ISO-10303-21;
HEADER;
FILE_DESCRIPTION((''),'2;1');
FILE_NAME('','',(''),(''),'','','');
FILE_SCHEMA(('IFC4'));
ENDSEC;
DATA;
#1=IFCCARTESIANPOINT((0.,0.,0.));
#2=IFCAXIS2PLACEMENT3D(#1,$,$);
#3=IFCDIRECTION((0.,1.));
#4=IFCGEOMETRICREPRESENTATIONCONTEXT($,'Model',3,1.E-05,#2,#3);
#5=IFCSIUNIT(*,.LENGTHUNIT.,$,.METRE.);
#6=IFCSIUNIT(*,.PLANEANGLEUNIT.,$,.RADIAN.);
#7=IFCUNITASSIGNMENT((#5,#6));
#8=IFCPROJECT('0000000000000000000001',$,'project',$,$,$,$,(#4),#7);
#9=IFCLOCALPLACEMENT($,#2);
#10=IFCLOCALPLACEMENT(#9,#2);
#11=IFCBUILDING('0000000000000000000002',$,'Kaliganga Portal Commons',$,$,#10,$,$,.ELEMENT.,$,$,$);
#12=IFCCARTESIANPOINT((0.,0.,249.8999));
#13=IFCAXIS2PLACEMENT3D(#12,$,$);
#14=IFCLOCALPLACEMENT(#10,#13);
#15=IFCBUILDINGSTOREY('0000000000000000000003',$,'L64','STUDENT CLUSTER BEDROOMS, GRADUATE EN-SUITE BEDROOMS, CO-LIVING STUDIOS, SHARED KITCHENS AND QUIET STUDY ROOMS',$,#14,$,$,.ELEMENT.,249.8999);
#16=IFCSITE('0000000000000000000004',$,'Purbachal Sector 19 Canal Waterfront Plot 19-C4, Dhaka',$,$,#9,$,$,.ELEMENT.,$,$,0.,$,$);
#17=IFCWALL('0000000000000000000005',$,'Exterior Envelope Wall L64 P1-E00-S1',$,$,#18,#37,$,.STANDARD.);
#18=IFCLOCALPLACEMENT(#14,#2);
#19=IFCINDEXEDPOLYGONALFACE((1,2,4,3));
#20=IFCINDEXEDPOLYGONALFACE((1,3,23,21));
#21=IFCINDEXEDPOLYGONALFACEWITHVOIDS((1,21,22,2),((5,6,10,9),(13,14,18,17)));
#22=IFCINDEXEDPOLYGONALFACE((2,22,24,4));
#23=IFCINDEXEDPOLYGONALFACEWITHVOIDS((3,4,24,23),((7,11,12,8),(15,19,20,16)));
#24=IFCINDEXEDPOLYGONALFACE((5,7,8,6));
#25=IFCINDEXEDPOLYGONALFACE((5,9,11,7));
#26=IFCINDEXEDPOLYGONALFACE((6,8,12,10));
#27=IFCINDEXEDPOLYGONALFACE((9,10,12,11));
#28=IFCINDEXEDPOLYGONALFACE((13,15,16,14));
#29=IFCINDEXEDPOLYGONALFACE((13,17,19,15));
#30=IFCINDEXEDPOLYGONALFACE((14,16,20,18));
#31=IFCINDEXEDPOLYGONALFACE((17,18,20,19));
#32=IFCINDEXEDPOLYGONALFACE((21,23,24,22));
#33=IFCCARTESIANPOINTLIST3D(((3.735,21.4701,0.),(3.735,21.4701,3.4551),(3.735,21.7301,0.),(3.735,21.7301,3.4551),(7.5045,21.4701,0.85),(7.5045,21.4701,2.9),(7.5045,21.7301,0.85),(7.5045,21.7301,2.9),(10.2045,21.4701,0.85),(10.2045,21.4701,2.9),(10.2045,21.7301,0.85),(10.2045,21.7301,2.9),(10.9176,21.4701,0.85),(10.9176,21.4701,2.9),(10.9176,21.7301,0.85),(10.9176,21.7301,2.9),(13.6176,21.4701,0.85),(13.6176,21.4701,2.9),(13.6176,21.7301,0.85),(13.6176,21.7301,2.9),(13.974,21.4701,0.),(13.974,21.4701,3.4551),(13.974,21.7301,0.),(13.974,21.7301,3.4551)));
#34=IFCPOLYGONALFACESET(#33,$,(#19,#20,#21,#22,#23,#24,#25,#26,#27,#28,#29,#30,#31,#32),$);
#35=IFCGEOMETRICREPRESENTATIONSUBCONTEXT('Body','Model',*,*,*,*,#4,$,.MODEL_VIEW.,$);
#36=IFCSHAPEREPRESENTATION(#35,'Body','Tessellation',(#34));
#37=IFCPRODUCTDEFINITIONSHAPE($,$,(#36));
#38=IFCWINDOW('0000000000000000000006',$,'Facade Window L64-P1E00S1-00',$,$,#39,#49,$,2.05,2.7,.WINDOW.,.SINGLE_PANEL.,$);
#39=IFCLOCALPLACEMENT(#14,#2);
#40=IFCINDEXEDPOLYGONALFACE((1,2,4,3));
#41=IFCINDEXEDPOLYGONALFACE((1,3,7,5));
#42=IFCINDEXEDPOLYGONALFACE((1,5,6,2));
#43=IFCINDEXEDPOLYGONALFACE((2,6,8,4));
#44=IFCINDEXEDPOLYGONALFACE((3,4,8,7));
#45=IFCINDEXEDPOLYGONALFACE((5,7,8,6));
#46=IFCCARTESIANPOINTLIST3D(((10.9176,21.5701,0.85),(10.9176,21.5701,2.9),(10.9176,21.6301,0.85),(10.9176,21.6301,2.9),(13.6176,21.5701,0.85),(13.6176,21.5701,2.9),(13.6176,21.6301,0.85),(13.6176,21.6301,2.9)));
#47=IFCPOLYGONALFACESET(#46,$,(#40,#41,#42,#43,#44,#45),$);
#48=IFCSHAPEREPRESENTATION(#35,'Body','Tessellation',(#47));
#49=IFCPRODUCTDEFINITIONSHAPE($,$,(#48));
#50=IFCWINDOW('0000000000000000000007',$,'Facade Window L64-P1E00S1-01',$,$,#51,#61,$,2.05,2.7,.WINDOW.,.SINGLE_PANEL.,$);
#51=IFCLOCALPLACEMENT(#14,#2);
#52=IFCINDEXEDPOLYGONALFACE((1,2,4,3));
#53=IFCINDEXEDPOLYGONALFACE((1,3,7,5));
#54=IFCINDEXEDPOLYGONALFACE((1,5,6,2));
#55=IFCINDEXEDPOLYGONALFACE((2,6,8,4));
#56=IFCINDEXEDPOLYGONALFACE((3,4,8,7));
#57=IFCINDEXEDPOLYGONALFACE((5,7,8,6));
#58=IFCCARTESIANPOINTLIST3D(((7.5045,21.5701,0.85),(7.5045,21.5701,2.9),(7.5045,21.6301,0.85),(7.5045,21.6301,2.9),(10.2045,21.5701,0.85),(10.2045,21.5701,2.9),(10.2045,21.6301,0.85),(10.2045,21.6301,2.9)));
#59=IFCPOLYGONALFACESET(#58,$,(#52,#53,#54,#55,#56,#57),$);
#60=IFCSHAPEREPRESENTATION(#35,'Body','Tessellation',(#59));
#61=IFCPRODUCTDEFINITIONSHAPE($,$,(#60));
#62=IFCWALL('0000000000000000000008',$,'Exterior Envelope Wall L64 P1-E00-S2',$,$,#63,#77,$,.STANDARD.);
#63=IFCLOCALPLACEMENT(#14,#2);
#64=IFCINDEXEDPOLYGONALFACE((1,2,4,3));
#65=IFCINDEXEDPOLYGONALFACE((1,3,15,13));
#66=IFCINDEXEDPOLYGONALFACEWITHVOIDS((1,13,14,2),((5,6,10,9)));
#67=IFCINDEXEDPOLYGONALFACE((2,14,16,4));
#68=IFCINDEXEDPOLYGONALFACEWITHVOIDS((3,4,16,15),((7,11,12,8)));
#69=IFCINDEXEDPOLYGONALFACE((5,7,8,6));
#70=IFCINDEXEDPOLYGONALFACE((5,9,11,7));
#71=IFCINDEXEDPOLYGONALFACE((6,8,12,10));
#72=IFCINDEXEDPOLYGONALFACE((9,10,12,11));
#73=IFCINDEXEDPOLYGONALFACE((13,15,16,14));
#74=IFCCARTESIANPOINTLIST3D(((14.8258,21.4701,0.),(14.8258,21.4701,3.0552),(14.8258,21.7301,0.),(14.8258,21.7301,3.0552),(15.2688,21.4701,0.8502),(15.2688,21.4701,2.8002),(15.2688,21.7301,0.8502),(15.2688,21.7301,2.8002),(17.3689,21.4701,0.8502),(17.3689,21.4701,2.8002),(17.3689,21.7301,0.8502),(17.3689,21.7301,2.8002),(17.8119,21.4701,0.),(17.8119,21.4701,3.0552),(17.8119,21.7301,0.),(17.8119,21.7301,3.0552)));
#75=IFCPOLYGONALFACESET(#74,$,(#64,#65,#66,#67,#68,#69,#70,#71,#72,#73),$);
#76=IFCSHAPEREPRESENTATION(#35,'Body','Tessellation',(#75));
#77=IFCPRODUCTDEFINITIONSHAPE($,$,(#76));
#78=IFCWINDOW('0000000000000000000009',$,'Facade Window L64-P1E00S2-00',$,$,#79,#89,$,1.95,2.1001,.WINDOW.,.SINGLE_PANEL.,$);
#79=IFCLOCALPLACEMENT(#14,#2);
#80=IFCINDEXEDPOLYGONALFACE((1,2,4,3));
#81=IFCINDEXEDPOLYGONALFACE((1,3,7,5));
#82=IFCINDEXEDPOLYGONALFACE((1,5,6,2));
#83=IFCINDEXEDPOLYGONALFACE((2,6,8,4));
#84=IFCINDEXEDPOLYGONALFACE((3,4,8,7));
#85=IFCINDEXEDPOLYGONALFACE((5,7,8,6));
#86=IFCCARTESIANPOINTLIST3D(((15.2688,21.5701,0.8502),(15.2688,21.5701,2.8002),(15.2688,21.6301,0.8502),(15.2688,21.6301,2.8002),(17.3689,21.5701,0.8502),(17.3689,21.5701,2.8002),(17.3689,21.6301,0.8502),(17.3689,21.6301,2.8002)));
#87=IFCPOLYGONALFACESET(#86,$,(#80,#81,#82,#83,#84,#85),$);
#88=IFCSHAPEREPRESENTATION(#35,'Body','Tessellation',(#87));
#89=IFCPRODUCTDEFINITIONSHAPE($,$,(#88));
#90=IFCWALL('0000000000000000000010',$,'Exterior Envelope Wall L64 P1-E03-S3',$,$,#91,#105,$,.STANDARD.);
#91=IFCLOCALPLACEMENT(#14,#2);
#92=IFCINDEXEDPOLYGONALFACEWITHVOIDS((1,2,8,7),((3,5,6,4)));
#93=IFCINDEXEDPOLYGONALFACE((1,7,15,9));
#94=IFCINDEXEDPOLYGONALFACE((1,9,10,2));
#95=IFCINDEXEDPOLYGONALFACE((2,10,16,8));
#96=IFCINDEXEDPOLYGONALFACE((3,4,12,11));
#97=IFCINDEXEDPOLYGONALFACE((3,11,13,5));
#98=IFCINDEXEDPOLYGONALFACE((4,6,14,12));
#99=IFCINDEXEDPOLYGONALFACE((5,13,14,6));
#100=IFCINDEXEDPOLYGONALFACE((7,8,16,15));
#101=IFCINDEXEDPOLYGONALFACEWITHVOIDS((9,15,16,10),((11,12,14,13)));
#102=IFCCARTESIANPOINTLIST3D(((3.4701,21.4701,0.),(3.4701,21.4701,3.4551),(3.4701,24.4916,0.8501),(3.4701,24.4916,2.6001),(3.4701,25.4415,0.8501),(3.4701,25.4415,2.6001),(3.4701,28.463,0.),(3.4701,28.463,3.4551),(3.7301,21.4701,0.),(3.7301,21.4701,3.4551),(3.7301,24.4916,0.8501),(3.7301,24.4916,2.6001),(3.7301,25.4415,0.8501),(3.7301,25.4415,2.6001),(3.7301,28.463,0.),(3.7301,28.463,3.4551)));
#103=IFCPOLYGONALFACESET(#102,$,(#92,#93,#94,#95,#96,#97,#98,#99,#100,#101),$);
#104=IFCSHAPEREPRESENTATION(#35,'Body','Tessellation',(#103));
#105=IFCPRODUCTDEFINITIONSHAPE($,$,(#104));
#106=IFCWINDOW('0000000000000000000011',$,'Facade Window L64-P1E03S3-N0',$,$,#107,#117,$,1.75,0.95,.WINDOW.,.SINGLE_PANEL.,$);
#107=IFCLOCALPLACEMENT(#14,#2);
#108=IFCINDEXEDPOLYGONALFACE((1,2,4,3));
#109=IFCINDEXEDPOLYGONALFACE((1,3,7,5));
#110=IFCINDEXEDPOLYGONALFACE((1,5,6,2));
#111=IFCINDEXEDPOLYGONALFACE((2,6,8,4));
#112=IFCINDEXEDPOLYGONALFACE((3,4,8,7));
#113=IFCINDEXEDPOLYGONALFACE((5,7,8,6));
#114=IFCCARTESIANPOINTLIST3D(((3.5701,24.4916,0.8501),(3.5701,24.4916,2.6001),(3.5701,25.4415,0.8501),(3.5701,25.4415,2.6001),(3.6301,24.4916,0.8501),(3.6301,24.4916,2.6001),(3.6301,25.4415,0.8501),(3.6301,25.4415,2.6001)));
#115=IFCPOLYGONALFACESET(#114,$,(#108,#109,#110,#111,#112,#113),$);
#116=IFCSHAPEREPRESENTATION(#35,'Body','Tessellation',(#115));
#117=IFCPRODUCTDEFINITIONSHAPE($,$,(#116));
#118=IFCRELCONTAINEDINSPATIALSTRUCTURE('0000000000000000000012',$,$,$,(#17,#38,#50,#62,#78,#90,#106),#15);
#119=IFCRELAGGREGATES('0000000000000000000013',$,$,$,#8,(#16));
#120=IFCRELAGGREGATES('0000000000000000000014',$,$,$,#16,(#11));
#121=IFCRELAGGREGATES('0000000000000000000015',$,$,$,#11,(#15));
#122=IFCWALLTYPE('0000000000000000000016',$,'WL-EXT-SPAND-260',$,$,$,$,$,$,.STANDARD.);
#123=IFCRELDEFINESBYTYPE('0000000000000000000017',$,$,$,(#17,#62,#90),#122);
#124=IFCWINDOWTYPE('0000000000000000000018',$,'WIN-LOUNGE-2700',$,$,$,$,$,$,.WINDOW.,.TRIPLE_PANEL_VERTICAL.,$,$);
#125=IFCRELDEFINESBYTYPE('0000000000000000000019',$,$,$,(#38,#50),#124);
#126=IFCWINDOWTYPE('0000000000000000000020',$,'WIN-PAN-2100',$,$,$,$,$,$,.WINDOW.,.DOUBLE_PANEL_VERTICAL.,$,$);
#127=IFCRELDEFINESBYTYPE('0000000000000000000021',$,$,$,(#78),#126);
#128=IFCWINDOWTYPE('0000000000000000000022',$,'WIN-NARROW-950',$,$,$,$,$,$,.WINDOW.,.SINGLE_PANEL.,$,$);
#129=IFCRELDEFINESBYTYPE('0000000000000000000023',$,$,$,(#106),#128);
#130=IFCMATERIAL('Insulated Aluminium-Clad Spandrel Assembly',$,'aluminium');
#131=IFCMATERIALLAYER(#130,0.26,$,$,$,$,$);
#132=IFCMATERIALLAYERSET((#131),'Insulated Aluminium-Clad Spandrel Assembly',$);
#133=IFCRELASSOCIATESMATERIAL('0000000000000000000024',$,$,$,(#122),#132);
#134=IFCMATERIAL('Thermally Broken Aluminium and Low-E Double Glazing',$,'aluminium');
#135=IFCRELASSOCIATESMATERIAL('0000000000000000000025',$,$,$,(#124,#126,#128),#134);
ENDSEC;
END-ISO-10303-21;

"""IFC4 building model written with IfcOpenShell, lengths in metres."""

from ifc_helpers import new_model, si_unit, direction, frame, frame_2d, origin, place, context, subcontext, project, spatial, rectangle, extrude, material, layer, layer_set, type_object, element, fill, save


model = new_model("IFC4")

# Units and contexts
model_context = context("Model", 3, precision=1e-05, world=origin(), true_north=direction((0.0, 1.0)))
body_context = subcontext(model_context, "Body", "Model", "MODEL_VIEW")
ifc_project = project(units=[si_unit("LENGTHUNIT", "METRE"), si_unit("PLANEANGLEUNIT", "RADIAN")], contexts=[model_context])

# Site, building, storey
site_placement = place(None, origin())
site = spatial("IfcSite", under=ifc_project, at=site_placement, Name="Purbachal Sector 19 Canal Waterfront Plot 19-C4, Dhaka", CompositionType="ELEMENT", RefElevation=0.0)
building_placement = place(site_placement, origin())
building = spatial("IfcBuilding", under=site, at=building_placement, Name="Kaliganga Portal Commons", CompositionType="ELEMENT")
storey_placement = place(building_placement, frame((0.0, 0.0, 249.8999)))
storey = spatial("IfcBuildingStorey", under=building, at=storey_placement, Name="L64", Description="STUDENT CLUSTER BEDROOMS, GRADUATE EN-SUITE BEDROOMS, CO-LIVING STUDIOS, SHARED KITCHENS AND QUIET STUDY ROOMS", CompositionType="ELEMENT", Elevation=249.8999)

# Wall, openings, windows
ifc_material_1 = material(Name="Insulated Aluminium-Clad Spandrel Assembly", Category="aluminium")
ifc_layer_1 = layer(ifc_material_1, 0.26)
ifc_layer_set_1 = layer_set([ifc_layer_1], Name="Insulated Aluminium-Clad Spandrel Assembly")
wall_type = type_object("IfcWallType", Name="WL-EXT-SPAND-260", PredefinedType="STANDARD", material=ifc_layer_set_1)
wall_1_placement = place(storey_placement, frame((13.9741, 21.6001, 0.0), z_axis=(0.0, 0.0, 1.0), x_axis=(-1.0, 0.0, 0.0)))
wall_1 = element("IfcWall", 1, at=wall_1_placement, inside=storey, type_object=wall_type, Name="Exterior Envelope Wall L64 P1-E00-S1", PredefinedType="STANDARD", context=body_context, shape_type="SweptSolid", body=[
    extrude(rectangle(XDim=10.239, YDim=0.26, at=frame_2d((5.1196, 0.0))), origin(), (0.0, 0.0, 1.0), 3.4551),
])
opening_1_placement = place(wall_1_placement, frame((0.3564, 0.0, 0.8501)))
opening_1 = element("IfcOpeningElement", 2, at=opening_1_placement, cuts=wall_1, PredefinedType="OPENING", context=body_context, shape_type="SweptSolid", body=[
    extrude(rectangle(XDim=2.7, YDim=2.05, at=frame_2d((1.3501, 1.0249))), frame((0.0, 0.1401, 0.0), z_axis=(0.0, -1.0, 0.0), x_axis=(1.0, 0.0, 0.0)), (0.0, 0.0, 1.0), 0.28),
])
opening_2_placement = place(wall_1_placement, frame((3.7695, 0.0, 0.8501)))
opening_2 = element("IfcOpeningElement", 3, at=opening_2_placement, cuts=wall_1, PredefinedType="OPENING", context=body_context, shape_type="SweptSolid", body=[
    extrude(rectangle(XDim=2.7, YDim=2.05, at=frame_2d((1.3501, 1.0249))), frame((0.0, 0.1401, 0.0), z_axis=(0.0, -1.0, 0.0), x_axis=(1.0, 0.0, 0.0)), (0.0, 0.0, 1.0), 0.28),
])
ifc_material_2 = material(Name="Thermally Broken Aluminium and Low-E Double Glazing", Category="aluminium")
window_type_1 = type_object("IfcWindowType", Name="WIN-LOUNGE-2700", PartitioningType="TRIPLE_PANEL_VERTICAL", PredefinedType="WINDOW", material=ifc_material_2)
window_1_placement = place(opening_1_placement, origin())
window_1 = element("IfcWindow", 4, at=window_1_placement, inside=storey, type_object=window_type_1, Name="Facade Window L64-P1E00S1-00", OverallHeight=2.05, OverallWidth=2.7, PartitioningType="SINGLE_PANEL", PredefinedType="WINDOW", context=body_context, shape_type="SweptSolid", body=[
    extrude(rectangle(XDim=2.7, YDim=2.05, at=frame_2d((1.3501, 1.0249))), frame((0.0, 0.03, 0.0), z_axis=(0.0, -1.0, 0.0), x_axis=(1.0, 0.0, 0.0)), (0.0, 0.0, 1.0), 0.0601),
])
fill(opening_1, window_1)
window_2_placement = place(opening_2_placement, origin())
window_2 = element("IfcWindow", 5, at=window_2_placement, inside=storey, type_object=window_type_1, Name="Facade Window L64-P1E00S1-01", OverallHeight=2.05, OverallWidth=2.7, PartitioningType="SINGLE_PANEL", PredefinedType="WINDOW", context=body_context, shape_type="SweptSolid", body=[
    extrude(rectangle(XDim=2.7, YDim=2.05, at=frame_2d((1.3501, 1.0249))), frame((0.0, 0.03, 0.0), z_axis=(0.0, -1.0, 0.0), x_axis=(1.0, 0.0, 0.0)), (0.0, 0.0, 1.0), 0.0601),
])
fill(opening_2, window_2)

# Walls, openings, windows
wall_2_placement = place(storey_placement, frame((17.812, 21.6001, 0.0), z_axis=(0.0, 0.0, 1.0), x_axis=(-1.0, 0.0, 0.0)))
wall_2 = element("IfcWall", 6, at=wall_2_placement, inside=storey, type_object=wall_type, Name="Exterior Envelope Wall L64 P1-E00-S2", PredefinedType="STANDARD", context=body_context, shape_type="SweptSolid", body=[
    extrude(rectangle(XDim=2.9861, YDim=0.26, at=frame_2d((1.4932, 0.0))), origin(), (0.0, 0.0, 1.0), 3.0552),
])
opening_3_placement = place(wall_2_placement, frame((0.4431, 0.0, 0.8501)))
opening_3 = element("IfcOpeningElement", 7, at=opening_3_placement, cuts=wall_2, PredefinedType="OPENING", context=body_context, shape_type="SweptSolid", body=[
    extrude(rectangle(XDim=2.1001, YDim=1.95, at=frame_2d((1.05, 0.9751))), frame((0.0, 0.1401, 0.0), z_axis=(0.0, -1.0, 0.0), x_axis=(1.0, 0.0, 0.0)), (0.0, 0.0, 1.0), 0.28),
])
window_type_2 = type_object("IfcWindowType", Name="WIN-PAN-2100", PartitioningType="DOUBLE_PANEL_VERTICAL", PredefinedType="WINDOW", material=ifc_material_2)
window_3_placement = place(opening_3_placement, origin())
window_3 = element("IfcWindow", 8, at=window_3_placement, inside=storey, type_object=window_type_2, Name="Facade Window L64-P1E00S2-00", OverallHeight=1.95, OverallWidth=2.1001, PartitioningType="SINGLE_PANEL", PredefinedType="WINDOW", context=body_context, shape_type="SweptSolid", body=[
    extrude(rectangle(XDim=2.1001, YDim=1.95, at=frame_2d((1.05, 0.9751))), frame((0.0, 0.03, 0.0), z_axis=(0.0, -1.0, 0.0), x_axis=(1.0, 0.0, 0.0)), (0.0, 0.0, 1.0), 0.0601),
])
fill(opening_3, window_3)
wall_3_placement = place(storey_placement, frame((3.6001, 21.47, 0.0), z_axis=(0.0, 0.0, 1.0), x_axis=(0.0, 1.0, 0.0)))
wall_3 = element("IfcWall", 9, at=wall_3_placement, inside=storey, type_object=wall_type, Name="Exterior Envelope Wall L64 P1-E03-S3", PredefinedType="STANDARD", context=body_context, shape_type="SweptSolid", body=[
    extrude(rectangle(XDim=6.9929, YDim=0.26, at=frame_2d((3.4966, 0.0))), origin(), (0.0, 0.0, 1.0), 3.4551),
])
opening_4_placement = place(wall_3_placement, frame((3.0215, 0.0, 0.8501)))
opening_4 = element("IfcOpeningElement", 10, at=opening_4_placement, cuts=wall_3, PredefinedType="OPENING", context=body_context, shape_type="SweptSolid", body=[
    extrude(rectangle(XDim=0.95, YDim=1.75, at=frame_2d((0.4751, 0.875))), frame((0.0, 0.1401, 0.0), z_axis=(0.0, -1.0, 0.0), x_axis=(1.0, 0.0, 0.0)), (0.0, 0.0, 1.0), 0.28),
])
window_type_3 = type_object("IfcWindowType", Name="WIN-NARROW-950", PartitioningType="SINGLE_PANEL", PredefinedType="WINDOW", material=ifc_material_2)
window_4_placement = place(opening_4_placement, origin())
window_4 = element("IfcWindow", 11, at=window_4_placement, inside=storey, type_object=window_type_3, Name="Facade Window L64-P1E03S3-N0", OverallHeight=1.75, OverallWidth=0.95, PartitioningType="SINGLE_PANEL", PredefinedType="WINDOW", context=body_context, shape_type="SweptSolid", body=[
    extrude(rectangle(XDim=0.95, YDim=1.75, at=frame_2d((0.4751, 0.875))), frame((0.0, 0.03, 0.0), z_axis=(0.0, -1.0, 0.0), x_axis=(1.0, 0.0, 0.0)), (0.0, 0.0, 1.0), 0.0601),
])
fill(opening_4, window_4)

save(model, "model.ifc")
